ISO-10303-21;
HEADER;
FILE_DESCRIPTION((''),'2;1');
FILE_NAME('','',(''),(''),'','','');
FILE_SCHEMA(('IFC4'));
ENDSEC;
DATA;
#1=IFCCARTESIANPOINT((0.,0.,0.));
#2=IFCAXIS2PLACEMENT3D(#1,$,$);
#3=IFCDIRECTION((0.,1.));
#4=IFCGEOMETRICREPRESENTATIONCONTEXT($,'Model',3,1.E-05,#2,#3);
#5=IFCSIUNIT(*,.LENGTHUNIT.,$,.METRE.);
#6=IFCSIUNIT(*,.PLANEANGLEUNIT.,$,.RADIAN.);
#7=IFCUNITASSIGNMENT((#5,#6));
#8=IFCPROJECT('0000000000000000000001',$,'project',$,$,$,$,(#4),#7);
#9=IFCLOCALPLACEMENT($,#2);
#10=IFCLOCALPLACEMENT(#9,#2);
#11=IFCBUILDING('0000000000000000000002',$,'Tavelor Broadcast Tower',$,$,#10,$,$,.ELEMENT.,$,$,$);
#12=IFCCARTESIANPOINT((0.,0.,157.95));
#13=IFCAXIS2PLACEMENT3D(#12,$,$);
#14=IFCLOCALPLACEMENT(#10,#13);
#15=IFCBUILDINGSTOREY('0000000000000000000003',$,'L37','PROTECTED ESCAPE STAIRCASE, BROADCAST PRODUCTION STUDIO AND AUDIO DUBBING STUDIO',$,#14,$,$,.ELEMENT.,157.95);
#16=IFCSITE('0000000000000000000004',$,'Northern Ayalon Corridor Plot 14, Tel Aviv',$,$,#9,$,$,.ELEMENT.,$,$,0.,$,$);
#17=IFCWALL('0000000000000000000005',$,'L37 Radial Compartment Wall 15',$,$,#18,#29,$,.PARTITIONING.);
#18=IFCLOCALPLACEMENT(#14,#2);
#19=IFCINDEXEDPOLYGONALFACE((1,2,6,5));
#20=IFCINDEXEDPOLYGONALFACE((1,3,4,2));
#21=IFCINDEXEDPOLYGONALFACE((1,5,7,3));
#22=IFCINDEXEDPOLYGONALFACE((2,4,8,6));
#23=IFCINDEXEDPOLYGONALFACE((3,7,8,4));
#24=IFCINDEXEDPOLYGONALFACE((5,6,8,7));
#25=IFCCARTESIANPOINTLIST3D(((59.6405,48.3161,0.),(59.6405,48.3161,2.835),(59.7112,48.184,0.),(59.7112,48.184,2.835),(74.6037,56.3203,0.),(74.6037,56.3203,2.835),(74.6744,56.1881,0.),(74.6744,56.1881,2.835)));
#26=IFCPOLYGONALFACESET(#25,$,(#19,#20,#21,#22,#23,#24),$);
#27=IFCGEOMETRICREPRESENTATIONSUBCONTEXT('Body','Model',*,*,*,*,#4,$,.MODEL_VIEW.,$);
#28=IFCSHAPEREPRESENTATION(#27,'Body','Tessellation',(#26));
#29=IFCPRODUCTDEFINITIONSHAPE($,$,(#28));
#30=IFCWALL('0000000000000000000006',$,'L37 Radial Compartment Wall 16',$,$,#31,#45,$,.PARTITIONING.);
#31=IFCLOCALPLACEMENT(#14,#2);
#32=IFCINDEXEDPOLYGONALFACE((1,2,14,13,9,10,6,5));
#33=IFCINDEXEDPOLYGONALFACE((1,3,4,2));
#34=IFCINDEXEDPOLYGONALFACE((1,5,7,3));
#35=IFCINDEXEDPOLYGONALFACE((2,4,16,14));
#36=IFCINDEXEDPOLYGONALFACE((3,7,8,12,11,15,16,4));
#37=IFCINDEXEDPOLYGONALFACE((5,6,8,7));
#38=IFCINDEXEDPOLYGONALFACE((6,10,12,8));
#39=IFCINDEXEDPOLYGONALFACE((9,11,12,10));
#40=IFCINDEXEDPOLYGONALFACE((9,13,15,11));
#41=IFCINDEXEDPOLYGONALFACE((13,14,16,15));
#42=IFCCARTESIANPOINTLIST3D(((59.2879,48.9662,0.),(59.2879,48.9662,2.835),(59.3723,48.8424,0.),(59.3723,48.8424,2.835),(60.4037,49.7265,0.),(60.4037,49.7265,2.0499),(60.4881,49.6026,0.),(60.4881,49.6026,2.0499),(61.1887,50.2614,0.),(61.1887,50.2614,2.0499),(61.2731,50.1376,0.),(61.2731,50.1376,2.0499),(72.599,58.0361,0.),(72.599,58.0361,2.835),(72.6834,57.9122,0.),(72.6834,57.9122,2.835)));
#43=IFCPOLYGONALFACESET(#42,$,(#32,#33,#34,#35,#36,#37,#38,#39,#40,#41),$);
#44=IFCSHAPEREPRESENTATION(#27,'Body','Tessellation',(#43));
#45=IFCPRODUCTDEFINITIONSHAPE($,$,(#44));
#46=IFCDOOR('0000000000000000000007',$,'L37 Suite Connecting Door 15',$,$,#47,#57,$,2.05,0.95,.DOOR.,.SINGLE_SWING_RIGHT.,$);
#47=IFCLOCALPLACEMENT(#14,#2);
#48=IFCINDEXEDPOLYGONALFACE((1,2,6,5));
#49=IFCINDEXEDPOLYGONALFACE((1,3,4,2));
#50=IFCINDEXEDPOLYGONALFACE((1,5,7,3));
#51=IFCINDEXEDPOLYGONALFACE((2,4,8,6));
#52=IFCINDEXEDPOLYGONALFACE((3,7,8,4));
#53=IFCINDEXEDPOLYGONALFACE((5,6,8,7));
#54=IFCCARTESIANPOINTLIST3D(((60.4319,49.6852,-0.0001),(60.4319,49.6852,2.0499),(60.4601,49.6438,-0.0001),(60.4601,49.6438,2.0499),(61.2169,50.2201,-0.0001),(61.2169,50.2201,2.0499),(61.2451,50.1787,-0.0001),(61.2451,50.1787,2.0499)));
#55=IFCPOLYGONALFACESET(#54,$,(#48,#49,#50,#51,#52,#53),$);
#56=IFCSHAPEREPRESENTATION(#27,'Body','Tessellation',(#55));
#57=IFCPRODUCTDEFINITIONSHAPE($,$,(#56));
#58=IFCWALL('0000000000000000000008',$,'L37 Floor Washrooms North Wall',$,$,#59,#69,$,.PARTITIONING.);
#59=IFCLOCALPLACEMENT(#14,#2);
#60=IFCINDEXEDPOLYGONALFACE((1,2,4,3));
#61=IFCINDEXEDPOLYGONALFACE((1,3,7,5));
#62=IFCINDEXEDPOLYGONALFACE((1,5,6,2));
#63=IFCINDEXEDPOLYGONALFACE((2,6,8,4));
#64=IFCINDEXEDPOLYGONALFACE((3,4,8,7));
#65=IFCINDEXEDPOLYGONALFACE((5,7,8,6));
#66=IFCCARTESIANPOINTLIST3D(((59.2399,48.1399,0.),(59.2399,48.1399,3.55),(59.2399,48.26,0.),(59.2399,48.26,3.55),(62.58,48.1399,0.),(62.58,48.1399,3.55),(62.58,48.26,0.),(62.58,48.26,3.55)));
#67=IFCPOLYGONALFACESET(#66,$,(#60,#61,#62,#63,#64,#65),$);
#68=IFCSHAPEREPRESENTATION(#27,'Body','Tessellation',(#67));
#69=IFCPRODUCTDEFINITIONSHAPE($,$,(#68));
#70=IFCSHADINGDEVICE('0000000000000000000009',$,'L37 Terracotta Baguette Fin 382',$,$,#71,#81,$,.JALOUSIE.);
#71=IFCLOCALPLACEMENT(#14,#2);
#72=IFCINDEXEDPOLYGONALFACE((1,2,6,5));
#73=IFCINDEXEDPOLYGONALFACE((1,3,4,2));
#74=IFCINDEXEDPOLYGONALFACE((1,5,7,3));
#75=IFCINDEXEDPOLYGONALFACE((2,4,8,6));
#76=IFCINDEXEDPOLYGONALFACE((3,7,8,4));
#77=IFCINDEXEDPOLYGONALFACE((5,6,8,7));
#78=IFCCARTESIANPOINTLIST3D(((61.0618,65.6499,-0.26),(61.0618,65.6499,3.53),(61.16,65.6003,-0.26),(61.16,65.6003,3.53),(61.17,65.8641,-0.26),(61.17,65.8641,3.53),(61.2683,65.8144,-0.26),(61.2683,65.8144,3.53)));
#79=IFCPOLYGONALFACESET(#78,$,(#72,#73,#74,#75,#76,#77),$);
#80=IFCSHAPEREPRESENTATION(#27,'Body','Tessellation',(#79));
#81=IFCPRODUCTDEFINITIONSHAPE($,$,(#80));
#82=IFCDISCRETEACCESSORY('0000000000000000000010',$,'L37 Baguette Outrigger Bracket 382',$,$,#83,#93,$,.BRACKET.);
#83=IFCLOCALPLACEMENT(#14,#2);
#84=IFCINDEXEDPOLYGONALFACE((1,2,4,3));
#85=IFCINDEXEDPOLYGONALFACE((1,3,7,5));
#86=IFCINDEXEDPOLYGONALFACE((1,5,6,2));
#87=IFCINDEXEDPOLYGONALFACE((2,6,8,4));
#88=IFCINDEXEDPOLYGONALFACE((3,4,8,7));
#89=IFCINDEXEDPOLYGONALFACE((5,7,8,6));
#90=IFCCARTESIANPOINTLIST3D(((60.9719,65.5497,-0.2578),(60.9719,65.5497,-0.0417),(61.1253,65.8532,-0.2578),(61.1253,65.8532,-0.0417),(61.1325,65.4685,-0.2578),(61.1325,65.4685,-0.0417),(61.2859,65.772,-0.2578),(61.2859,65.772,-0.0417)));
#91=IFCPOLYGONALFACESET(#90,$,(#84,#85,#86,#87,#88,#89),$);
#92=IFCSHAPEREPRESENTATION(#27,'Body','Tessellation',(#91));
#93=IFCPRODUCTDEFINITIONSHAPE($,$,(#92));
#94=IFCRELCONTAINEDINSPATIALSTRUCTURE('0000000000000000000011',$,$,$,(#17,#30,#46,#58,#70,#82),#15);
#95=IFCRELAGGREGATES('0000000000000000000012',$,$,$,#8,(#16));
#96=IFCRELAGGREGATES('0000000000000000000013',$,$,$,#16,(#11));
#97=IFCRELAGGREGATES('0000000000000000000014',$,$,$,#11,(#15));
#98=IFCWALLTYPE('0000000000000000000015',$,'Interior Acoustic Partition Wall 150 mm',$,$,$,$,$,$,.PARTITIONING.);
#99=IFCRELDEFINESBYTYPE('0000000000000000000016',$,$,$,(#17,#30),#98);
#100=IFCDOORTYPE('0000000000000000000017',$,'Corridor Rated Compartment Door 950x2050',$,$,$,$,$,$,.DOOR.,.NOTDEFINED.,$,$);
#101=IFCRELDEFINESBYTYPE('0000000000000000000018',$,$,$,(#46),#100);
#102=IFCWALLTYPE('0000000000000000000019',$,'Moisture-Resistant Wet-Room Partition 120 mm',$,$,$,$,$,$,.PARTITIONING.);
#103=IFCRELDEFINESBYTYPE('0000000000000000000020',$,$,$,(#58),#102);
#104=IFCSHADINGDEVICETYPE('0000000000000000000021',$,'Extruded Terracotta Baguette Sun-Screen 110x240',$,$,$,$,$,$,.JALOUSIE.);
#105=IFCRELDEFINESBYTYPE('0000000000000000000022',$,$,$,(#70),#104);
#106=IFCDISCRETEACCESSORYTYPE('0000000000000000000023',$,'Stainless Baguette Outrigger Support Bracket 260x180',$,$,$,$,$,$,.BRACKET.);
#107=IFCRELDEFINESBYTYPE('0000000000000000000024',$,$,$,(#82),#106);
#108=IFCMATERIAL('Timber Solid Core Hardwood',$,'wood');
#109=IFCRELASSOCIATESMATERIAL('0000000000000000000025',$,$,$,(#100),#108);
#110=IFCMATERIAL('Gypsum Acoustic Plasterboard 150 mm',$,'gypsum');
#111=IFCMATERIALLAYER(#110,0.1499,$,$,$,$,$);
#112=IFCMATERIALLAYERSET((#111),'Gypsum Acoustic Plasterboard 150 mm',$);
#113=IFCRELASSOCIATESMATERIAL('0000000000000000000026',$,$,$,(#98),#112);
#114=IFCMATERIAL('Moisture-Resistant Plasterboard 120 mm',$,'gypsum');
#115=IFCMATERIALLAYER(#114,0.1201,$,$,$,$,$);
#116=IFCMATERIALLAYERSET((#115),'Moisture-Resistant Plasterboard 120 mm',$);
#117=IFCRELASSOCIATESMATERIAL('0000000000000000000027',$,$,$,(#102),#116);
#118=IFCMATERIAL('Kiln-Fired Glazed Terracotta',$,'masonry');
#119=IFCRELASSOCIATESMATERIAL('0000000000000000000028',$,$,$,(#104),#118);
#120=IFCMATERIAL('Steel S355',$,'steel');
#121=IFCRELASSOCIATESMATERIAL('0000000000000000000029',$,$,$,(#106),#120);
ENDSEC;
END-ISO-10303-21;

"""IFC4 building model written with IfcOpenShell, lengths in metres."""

from ifc_helpers import new_model, si_unit, direction, frame, frame_2d, origin, origin_2d, place, context, subcontext, project, spatial, rectangle, extrude, source, transform, mapped, material, layer, layer_set, type_object, type_shapes, element, fill, save


model = new_model("IFC4")

# Units and contexts
model_context = context("Model", 3, precision=1e-05, world=origin(), true_north=direction((0.0, 1.0)))
body_context = subcontext(model_context, "Body", "Model", "MODEL_VIEW")
ifc_project = project(units=[si_unit("LENGTHUNIT", "METRE"), si_unit("PLANEANGLEUNIT", "RADIAN")], contexts=[model_context])

# Site, building, storey
site_placement = place(None, origin())
site = spatial("IfcSite", under=ifc_project, at=site_placement, Name="Northern Ayalon Corridor Plot 14, Tel Aviv", CompositionType="ELEMENT", RefElevation=0.0)
building_placement = place(site_placement, origin())
building = spatial("IfcBuilding", under=site, at=building_placement, Name="Tavelor Broadcast Tower", CompositionType="ELEMENT")
storey_placement = place(building_placement, frame((0.0, 0.0, 157.95)))
storey = spatial("IfcBuildingStorey", under=building, at=storey_placement, Name="L37", Description="PROTECTED ESCAPE STAIRCASE, BROADCAST PRODUCTION STUDIO AND AUDIO DUBBING STUDIO", CompositionType="ELEMENT", Elevation=157.95)

# Shared definitions
ifc_material_1 = material(Name="Steel S355", Category="steel")

# Shared definitions
ifc_material_2 = material(Name="Timber Solid Core Hardwood", Category="wood")
door_type = type_object("IfcDoorType", Name="Corridor Rated Compartment Door 950x2050", OperationType="NOTDEFINED", PredefinedType="DOOR", material=ifc_material_2)

# Wall
ifc_material_3 = material(Name="Gypsum Acoustic Plasterboard 150 mm", Category="gypsum")
ifc_layer_1 = layer(ifc_material_3, 0.1499)
ifc_layer_set_1 = layer_set([ifc_layer_1], Name="Gypsum Acoustic Plasterboard 150 mm")
wall_type_1 = type_object("IfcWallType", Name="Interior Acoustic Partition Wall 150 mm", PredefinedType="PARTITIONING", material=ifc_layer_set_1)
wall_1_placement = place(storey_placement, frame((59.6758, 48.25, 0.0), z_axis=(0.0, 0.0, 1.0), x_axis=(0.88177, 0.47168, 0.0)))
element("IfcWall", 1, at=wall_1_placement, inside=storey, type_object=wall_type_1, Name="L37 Radial Compartment Wall 15", PredefinedType="PARTITIONING", context=body_context, shape_type="SweptSolid", body=[
    extrude(rectangle(XDim=16.9695, YDim=0.1499, at=frame_2d((8.4849, 0.0))), origin(), (0.0, 0.0, 1.0), 2.835),
])

# Wall, opening, door
wall_2_placement = place(storey_placement, frame((59.3301, 48.9043, 0.0), z_axis=(0.0, 0.0, 1.0), x_axis=(0.826397, 0.563088, 0.0)))
wall_2 = element("IfcWall", 2, at=wall_2_placement, inside=storey, type_object=wall_type_1, Name="L37 Radial Compartment Wall 16", PredefinedType="PARTITIONING", context=body_context, shape_type="SweptSolid", body=[
    extrude(rectangle(XDim=16.1074, YDim=0.1499, at=frame_2d((8.0537, 0.0))), origin(), (0.0, 0.0, 1.0), 2.835),
])
opening_1_placement = place(wall_2_placement, frame((1.3501, 0.0, 0.0)))
opening_1 = element("IfcOpeningElement", 3, at=opening_1_placement, cuts=wall_2, PredefinedType="OPENING", context=body_context, shape_type="SweptSolid", body=[
    extrude(rectangle(XDim=0.95, YDim=2.05, at=frame_2d((0.4751, 1.0249))), frame((0.0, 0.085, 0.0), z_axis=(0.0, -1.0, 0.0), x_axis=(1.0, 0.0, 0.0)), (0.0, 0.0, 1.0), 0.1699),
])
door_1_placement = place(opening_1_placement, origin())
door_1 = element("IfcDoor", 4, at=door_1_placement, inside=storey, type_object=door_type, Name="L37 Suite Connecting Door 15", OperationType="SINGLE_SWING_RIGHT", OverallHeight=2.05, OverallWidth=0.95, PredefinedType="DOOR", context=body_context, shape_type="SweptSolid", body=[
    extrude(rectangle(XDim=0.95, YDim=2.05, at=frame_2d((0.4751, 1.0249))), frame((0.0, 0.0249, 0.0), z_axis=(0.0, -1.0, 0.0), x_axis=(1.0, 0.0, 0.0)), (0.0, 0.0, 1.0), 0.05),
])
fill(opening_1, door_1)

# Wall
ifc_material_4 = material(Name="Moisture-Resistant Plasterboard 120 mm", Category="gypsum")
ifc_layer_2 = layer(ifc_material_4, 0.1201)
ifc_layer_set_2 = layer_set([ifc_layer_2], Name="Moisture-Resistant Plasterboard 120 mm")
wall_type_2 = type_object("IfcWallType", Name="Moisture-Resistant Wet-Room Partition 120 mm", PredefinedType="PARTITIONING", material=ifc_layer_set_2)
wall_3_placement = place(storey_placement, frame((59.24, 48.2, 0.0), z_axis=(0.0, 0.0, 1.0), x_axis=(1.0, 0.0, 0.0)))
element("IfcWall", 5, at=wall_3_placement, inside=storey, type_object=wall_type_2, Name="L37 Floor Washrooms North Wall", PredefinedType="PARTITIONING", context=body_context, shape_type="SweptSolid", body=[
    extrude(rectangle(XDim=3.3401, YDim=0.1201, at=frame_2d((1.6699, 0.0))), origin(), (0.0, 0.0, 1.0), 3.55),
])

# Shading device
ifc_material_5 = material(Name="Kiln-Fired Glazed Terracotta", Category="masonry")
shading_device_type = type_object("IfcShadingDeviceType", Name="Extruded Terracotta Baguette Sun-Screen 110x240", PredefinedType="JALOUSIE", material=ifc_material_5)
shared_shape_1 = source(origin(), body_context, "Body", "SweptSolid", [
    extrude(rectangle(XDim=0.1101, YDim=0.24, at=origin_2d()), origin(), (0.0, 0.0, 1.0), 3.79),
])
type_shapes(shading_device_type, [shared_shape_1])
shading_device_placement = place(storey_placement, frame((61.165, 65.7322, -0.26), z_axis=(0.0, 0.0, 1.0), x_axis=(-0.892428, 0.451189, 0.0)))
element("IfcShadingDevice", 6, at=shading_device_placement, inside=storey, type_object=shading_device_type, Name="L37 Terracotta Baguette Fin 382", PredefinedType="JALOUSIE", context=body_context, shape_type="MappedRepresentation", body=[
    mapped(shared_shape_1, transform((0.0, 0.0, 0.0), scale=1.0)),
])

# Discrete accessory
discrete_accessory_type = type_object("IfcDiscreteAccessoryType", Name="Stainless Baguette Outrigger Support Bracket 260x180", PredefinedType="BRACKET", material=ifc_material_1)
shared_shape_2 = source(origin(), body_context, "Body", "SweptSolid", [
    extrude(rectangle(XDim=0.1799, YDim=0.3401, at=origin_2d()), origin(), (0.0, 0.0, 1.0), 0.2161),
])
type_shapes(discrete_accessory_type, [shared_shape_2])
discrete_accessory_placement = place(storey_placement, frame((61.1289, 65.6609, -0.2578), z_axis=(0.0, 0.0, 1.0), x_axis=(-0.892428, 0.451189, 0.0)))
element("IfcDiscreteAccessory", 7, at=discrete_accessory_placement, inside=storey, type_object=discrete_accessory_type, Name="L37 Baguette Outrigger Bracket 382", PredefinedType="BRACKET", context=body_context, shape_type="MappedRepresentation", body=[
    mapped(shared_shape_2, transform((0.0, 0.0, 0.0), scale=1.0)),
])

save(model, "model.ifc")
